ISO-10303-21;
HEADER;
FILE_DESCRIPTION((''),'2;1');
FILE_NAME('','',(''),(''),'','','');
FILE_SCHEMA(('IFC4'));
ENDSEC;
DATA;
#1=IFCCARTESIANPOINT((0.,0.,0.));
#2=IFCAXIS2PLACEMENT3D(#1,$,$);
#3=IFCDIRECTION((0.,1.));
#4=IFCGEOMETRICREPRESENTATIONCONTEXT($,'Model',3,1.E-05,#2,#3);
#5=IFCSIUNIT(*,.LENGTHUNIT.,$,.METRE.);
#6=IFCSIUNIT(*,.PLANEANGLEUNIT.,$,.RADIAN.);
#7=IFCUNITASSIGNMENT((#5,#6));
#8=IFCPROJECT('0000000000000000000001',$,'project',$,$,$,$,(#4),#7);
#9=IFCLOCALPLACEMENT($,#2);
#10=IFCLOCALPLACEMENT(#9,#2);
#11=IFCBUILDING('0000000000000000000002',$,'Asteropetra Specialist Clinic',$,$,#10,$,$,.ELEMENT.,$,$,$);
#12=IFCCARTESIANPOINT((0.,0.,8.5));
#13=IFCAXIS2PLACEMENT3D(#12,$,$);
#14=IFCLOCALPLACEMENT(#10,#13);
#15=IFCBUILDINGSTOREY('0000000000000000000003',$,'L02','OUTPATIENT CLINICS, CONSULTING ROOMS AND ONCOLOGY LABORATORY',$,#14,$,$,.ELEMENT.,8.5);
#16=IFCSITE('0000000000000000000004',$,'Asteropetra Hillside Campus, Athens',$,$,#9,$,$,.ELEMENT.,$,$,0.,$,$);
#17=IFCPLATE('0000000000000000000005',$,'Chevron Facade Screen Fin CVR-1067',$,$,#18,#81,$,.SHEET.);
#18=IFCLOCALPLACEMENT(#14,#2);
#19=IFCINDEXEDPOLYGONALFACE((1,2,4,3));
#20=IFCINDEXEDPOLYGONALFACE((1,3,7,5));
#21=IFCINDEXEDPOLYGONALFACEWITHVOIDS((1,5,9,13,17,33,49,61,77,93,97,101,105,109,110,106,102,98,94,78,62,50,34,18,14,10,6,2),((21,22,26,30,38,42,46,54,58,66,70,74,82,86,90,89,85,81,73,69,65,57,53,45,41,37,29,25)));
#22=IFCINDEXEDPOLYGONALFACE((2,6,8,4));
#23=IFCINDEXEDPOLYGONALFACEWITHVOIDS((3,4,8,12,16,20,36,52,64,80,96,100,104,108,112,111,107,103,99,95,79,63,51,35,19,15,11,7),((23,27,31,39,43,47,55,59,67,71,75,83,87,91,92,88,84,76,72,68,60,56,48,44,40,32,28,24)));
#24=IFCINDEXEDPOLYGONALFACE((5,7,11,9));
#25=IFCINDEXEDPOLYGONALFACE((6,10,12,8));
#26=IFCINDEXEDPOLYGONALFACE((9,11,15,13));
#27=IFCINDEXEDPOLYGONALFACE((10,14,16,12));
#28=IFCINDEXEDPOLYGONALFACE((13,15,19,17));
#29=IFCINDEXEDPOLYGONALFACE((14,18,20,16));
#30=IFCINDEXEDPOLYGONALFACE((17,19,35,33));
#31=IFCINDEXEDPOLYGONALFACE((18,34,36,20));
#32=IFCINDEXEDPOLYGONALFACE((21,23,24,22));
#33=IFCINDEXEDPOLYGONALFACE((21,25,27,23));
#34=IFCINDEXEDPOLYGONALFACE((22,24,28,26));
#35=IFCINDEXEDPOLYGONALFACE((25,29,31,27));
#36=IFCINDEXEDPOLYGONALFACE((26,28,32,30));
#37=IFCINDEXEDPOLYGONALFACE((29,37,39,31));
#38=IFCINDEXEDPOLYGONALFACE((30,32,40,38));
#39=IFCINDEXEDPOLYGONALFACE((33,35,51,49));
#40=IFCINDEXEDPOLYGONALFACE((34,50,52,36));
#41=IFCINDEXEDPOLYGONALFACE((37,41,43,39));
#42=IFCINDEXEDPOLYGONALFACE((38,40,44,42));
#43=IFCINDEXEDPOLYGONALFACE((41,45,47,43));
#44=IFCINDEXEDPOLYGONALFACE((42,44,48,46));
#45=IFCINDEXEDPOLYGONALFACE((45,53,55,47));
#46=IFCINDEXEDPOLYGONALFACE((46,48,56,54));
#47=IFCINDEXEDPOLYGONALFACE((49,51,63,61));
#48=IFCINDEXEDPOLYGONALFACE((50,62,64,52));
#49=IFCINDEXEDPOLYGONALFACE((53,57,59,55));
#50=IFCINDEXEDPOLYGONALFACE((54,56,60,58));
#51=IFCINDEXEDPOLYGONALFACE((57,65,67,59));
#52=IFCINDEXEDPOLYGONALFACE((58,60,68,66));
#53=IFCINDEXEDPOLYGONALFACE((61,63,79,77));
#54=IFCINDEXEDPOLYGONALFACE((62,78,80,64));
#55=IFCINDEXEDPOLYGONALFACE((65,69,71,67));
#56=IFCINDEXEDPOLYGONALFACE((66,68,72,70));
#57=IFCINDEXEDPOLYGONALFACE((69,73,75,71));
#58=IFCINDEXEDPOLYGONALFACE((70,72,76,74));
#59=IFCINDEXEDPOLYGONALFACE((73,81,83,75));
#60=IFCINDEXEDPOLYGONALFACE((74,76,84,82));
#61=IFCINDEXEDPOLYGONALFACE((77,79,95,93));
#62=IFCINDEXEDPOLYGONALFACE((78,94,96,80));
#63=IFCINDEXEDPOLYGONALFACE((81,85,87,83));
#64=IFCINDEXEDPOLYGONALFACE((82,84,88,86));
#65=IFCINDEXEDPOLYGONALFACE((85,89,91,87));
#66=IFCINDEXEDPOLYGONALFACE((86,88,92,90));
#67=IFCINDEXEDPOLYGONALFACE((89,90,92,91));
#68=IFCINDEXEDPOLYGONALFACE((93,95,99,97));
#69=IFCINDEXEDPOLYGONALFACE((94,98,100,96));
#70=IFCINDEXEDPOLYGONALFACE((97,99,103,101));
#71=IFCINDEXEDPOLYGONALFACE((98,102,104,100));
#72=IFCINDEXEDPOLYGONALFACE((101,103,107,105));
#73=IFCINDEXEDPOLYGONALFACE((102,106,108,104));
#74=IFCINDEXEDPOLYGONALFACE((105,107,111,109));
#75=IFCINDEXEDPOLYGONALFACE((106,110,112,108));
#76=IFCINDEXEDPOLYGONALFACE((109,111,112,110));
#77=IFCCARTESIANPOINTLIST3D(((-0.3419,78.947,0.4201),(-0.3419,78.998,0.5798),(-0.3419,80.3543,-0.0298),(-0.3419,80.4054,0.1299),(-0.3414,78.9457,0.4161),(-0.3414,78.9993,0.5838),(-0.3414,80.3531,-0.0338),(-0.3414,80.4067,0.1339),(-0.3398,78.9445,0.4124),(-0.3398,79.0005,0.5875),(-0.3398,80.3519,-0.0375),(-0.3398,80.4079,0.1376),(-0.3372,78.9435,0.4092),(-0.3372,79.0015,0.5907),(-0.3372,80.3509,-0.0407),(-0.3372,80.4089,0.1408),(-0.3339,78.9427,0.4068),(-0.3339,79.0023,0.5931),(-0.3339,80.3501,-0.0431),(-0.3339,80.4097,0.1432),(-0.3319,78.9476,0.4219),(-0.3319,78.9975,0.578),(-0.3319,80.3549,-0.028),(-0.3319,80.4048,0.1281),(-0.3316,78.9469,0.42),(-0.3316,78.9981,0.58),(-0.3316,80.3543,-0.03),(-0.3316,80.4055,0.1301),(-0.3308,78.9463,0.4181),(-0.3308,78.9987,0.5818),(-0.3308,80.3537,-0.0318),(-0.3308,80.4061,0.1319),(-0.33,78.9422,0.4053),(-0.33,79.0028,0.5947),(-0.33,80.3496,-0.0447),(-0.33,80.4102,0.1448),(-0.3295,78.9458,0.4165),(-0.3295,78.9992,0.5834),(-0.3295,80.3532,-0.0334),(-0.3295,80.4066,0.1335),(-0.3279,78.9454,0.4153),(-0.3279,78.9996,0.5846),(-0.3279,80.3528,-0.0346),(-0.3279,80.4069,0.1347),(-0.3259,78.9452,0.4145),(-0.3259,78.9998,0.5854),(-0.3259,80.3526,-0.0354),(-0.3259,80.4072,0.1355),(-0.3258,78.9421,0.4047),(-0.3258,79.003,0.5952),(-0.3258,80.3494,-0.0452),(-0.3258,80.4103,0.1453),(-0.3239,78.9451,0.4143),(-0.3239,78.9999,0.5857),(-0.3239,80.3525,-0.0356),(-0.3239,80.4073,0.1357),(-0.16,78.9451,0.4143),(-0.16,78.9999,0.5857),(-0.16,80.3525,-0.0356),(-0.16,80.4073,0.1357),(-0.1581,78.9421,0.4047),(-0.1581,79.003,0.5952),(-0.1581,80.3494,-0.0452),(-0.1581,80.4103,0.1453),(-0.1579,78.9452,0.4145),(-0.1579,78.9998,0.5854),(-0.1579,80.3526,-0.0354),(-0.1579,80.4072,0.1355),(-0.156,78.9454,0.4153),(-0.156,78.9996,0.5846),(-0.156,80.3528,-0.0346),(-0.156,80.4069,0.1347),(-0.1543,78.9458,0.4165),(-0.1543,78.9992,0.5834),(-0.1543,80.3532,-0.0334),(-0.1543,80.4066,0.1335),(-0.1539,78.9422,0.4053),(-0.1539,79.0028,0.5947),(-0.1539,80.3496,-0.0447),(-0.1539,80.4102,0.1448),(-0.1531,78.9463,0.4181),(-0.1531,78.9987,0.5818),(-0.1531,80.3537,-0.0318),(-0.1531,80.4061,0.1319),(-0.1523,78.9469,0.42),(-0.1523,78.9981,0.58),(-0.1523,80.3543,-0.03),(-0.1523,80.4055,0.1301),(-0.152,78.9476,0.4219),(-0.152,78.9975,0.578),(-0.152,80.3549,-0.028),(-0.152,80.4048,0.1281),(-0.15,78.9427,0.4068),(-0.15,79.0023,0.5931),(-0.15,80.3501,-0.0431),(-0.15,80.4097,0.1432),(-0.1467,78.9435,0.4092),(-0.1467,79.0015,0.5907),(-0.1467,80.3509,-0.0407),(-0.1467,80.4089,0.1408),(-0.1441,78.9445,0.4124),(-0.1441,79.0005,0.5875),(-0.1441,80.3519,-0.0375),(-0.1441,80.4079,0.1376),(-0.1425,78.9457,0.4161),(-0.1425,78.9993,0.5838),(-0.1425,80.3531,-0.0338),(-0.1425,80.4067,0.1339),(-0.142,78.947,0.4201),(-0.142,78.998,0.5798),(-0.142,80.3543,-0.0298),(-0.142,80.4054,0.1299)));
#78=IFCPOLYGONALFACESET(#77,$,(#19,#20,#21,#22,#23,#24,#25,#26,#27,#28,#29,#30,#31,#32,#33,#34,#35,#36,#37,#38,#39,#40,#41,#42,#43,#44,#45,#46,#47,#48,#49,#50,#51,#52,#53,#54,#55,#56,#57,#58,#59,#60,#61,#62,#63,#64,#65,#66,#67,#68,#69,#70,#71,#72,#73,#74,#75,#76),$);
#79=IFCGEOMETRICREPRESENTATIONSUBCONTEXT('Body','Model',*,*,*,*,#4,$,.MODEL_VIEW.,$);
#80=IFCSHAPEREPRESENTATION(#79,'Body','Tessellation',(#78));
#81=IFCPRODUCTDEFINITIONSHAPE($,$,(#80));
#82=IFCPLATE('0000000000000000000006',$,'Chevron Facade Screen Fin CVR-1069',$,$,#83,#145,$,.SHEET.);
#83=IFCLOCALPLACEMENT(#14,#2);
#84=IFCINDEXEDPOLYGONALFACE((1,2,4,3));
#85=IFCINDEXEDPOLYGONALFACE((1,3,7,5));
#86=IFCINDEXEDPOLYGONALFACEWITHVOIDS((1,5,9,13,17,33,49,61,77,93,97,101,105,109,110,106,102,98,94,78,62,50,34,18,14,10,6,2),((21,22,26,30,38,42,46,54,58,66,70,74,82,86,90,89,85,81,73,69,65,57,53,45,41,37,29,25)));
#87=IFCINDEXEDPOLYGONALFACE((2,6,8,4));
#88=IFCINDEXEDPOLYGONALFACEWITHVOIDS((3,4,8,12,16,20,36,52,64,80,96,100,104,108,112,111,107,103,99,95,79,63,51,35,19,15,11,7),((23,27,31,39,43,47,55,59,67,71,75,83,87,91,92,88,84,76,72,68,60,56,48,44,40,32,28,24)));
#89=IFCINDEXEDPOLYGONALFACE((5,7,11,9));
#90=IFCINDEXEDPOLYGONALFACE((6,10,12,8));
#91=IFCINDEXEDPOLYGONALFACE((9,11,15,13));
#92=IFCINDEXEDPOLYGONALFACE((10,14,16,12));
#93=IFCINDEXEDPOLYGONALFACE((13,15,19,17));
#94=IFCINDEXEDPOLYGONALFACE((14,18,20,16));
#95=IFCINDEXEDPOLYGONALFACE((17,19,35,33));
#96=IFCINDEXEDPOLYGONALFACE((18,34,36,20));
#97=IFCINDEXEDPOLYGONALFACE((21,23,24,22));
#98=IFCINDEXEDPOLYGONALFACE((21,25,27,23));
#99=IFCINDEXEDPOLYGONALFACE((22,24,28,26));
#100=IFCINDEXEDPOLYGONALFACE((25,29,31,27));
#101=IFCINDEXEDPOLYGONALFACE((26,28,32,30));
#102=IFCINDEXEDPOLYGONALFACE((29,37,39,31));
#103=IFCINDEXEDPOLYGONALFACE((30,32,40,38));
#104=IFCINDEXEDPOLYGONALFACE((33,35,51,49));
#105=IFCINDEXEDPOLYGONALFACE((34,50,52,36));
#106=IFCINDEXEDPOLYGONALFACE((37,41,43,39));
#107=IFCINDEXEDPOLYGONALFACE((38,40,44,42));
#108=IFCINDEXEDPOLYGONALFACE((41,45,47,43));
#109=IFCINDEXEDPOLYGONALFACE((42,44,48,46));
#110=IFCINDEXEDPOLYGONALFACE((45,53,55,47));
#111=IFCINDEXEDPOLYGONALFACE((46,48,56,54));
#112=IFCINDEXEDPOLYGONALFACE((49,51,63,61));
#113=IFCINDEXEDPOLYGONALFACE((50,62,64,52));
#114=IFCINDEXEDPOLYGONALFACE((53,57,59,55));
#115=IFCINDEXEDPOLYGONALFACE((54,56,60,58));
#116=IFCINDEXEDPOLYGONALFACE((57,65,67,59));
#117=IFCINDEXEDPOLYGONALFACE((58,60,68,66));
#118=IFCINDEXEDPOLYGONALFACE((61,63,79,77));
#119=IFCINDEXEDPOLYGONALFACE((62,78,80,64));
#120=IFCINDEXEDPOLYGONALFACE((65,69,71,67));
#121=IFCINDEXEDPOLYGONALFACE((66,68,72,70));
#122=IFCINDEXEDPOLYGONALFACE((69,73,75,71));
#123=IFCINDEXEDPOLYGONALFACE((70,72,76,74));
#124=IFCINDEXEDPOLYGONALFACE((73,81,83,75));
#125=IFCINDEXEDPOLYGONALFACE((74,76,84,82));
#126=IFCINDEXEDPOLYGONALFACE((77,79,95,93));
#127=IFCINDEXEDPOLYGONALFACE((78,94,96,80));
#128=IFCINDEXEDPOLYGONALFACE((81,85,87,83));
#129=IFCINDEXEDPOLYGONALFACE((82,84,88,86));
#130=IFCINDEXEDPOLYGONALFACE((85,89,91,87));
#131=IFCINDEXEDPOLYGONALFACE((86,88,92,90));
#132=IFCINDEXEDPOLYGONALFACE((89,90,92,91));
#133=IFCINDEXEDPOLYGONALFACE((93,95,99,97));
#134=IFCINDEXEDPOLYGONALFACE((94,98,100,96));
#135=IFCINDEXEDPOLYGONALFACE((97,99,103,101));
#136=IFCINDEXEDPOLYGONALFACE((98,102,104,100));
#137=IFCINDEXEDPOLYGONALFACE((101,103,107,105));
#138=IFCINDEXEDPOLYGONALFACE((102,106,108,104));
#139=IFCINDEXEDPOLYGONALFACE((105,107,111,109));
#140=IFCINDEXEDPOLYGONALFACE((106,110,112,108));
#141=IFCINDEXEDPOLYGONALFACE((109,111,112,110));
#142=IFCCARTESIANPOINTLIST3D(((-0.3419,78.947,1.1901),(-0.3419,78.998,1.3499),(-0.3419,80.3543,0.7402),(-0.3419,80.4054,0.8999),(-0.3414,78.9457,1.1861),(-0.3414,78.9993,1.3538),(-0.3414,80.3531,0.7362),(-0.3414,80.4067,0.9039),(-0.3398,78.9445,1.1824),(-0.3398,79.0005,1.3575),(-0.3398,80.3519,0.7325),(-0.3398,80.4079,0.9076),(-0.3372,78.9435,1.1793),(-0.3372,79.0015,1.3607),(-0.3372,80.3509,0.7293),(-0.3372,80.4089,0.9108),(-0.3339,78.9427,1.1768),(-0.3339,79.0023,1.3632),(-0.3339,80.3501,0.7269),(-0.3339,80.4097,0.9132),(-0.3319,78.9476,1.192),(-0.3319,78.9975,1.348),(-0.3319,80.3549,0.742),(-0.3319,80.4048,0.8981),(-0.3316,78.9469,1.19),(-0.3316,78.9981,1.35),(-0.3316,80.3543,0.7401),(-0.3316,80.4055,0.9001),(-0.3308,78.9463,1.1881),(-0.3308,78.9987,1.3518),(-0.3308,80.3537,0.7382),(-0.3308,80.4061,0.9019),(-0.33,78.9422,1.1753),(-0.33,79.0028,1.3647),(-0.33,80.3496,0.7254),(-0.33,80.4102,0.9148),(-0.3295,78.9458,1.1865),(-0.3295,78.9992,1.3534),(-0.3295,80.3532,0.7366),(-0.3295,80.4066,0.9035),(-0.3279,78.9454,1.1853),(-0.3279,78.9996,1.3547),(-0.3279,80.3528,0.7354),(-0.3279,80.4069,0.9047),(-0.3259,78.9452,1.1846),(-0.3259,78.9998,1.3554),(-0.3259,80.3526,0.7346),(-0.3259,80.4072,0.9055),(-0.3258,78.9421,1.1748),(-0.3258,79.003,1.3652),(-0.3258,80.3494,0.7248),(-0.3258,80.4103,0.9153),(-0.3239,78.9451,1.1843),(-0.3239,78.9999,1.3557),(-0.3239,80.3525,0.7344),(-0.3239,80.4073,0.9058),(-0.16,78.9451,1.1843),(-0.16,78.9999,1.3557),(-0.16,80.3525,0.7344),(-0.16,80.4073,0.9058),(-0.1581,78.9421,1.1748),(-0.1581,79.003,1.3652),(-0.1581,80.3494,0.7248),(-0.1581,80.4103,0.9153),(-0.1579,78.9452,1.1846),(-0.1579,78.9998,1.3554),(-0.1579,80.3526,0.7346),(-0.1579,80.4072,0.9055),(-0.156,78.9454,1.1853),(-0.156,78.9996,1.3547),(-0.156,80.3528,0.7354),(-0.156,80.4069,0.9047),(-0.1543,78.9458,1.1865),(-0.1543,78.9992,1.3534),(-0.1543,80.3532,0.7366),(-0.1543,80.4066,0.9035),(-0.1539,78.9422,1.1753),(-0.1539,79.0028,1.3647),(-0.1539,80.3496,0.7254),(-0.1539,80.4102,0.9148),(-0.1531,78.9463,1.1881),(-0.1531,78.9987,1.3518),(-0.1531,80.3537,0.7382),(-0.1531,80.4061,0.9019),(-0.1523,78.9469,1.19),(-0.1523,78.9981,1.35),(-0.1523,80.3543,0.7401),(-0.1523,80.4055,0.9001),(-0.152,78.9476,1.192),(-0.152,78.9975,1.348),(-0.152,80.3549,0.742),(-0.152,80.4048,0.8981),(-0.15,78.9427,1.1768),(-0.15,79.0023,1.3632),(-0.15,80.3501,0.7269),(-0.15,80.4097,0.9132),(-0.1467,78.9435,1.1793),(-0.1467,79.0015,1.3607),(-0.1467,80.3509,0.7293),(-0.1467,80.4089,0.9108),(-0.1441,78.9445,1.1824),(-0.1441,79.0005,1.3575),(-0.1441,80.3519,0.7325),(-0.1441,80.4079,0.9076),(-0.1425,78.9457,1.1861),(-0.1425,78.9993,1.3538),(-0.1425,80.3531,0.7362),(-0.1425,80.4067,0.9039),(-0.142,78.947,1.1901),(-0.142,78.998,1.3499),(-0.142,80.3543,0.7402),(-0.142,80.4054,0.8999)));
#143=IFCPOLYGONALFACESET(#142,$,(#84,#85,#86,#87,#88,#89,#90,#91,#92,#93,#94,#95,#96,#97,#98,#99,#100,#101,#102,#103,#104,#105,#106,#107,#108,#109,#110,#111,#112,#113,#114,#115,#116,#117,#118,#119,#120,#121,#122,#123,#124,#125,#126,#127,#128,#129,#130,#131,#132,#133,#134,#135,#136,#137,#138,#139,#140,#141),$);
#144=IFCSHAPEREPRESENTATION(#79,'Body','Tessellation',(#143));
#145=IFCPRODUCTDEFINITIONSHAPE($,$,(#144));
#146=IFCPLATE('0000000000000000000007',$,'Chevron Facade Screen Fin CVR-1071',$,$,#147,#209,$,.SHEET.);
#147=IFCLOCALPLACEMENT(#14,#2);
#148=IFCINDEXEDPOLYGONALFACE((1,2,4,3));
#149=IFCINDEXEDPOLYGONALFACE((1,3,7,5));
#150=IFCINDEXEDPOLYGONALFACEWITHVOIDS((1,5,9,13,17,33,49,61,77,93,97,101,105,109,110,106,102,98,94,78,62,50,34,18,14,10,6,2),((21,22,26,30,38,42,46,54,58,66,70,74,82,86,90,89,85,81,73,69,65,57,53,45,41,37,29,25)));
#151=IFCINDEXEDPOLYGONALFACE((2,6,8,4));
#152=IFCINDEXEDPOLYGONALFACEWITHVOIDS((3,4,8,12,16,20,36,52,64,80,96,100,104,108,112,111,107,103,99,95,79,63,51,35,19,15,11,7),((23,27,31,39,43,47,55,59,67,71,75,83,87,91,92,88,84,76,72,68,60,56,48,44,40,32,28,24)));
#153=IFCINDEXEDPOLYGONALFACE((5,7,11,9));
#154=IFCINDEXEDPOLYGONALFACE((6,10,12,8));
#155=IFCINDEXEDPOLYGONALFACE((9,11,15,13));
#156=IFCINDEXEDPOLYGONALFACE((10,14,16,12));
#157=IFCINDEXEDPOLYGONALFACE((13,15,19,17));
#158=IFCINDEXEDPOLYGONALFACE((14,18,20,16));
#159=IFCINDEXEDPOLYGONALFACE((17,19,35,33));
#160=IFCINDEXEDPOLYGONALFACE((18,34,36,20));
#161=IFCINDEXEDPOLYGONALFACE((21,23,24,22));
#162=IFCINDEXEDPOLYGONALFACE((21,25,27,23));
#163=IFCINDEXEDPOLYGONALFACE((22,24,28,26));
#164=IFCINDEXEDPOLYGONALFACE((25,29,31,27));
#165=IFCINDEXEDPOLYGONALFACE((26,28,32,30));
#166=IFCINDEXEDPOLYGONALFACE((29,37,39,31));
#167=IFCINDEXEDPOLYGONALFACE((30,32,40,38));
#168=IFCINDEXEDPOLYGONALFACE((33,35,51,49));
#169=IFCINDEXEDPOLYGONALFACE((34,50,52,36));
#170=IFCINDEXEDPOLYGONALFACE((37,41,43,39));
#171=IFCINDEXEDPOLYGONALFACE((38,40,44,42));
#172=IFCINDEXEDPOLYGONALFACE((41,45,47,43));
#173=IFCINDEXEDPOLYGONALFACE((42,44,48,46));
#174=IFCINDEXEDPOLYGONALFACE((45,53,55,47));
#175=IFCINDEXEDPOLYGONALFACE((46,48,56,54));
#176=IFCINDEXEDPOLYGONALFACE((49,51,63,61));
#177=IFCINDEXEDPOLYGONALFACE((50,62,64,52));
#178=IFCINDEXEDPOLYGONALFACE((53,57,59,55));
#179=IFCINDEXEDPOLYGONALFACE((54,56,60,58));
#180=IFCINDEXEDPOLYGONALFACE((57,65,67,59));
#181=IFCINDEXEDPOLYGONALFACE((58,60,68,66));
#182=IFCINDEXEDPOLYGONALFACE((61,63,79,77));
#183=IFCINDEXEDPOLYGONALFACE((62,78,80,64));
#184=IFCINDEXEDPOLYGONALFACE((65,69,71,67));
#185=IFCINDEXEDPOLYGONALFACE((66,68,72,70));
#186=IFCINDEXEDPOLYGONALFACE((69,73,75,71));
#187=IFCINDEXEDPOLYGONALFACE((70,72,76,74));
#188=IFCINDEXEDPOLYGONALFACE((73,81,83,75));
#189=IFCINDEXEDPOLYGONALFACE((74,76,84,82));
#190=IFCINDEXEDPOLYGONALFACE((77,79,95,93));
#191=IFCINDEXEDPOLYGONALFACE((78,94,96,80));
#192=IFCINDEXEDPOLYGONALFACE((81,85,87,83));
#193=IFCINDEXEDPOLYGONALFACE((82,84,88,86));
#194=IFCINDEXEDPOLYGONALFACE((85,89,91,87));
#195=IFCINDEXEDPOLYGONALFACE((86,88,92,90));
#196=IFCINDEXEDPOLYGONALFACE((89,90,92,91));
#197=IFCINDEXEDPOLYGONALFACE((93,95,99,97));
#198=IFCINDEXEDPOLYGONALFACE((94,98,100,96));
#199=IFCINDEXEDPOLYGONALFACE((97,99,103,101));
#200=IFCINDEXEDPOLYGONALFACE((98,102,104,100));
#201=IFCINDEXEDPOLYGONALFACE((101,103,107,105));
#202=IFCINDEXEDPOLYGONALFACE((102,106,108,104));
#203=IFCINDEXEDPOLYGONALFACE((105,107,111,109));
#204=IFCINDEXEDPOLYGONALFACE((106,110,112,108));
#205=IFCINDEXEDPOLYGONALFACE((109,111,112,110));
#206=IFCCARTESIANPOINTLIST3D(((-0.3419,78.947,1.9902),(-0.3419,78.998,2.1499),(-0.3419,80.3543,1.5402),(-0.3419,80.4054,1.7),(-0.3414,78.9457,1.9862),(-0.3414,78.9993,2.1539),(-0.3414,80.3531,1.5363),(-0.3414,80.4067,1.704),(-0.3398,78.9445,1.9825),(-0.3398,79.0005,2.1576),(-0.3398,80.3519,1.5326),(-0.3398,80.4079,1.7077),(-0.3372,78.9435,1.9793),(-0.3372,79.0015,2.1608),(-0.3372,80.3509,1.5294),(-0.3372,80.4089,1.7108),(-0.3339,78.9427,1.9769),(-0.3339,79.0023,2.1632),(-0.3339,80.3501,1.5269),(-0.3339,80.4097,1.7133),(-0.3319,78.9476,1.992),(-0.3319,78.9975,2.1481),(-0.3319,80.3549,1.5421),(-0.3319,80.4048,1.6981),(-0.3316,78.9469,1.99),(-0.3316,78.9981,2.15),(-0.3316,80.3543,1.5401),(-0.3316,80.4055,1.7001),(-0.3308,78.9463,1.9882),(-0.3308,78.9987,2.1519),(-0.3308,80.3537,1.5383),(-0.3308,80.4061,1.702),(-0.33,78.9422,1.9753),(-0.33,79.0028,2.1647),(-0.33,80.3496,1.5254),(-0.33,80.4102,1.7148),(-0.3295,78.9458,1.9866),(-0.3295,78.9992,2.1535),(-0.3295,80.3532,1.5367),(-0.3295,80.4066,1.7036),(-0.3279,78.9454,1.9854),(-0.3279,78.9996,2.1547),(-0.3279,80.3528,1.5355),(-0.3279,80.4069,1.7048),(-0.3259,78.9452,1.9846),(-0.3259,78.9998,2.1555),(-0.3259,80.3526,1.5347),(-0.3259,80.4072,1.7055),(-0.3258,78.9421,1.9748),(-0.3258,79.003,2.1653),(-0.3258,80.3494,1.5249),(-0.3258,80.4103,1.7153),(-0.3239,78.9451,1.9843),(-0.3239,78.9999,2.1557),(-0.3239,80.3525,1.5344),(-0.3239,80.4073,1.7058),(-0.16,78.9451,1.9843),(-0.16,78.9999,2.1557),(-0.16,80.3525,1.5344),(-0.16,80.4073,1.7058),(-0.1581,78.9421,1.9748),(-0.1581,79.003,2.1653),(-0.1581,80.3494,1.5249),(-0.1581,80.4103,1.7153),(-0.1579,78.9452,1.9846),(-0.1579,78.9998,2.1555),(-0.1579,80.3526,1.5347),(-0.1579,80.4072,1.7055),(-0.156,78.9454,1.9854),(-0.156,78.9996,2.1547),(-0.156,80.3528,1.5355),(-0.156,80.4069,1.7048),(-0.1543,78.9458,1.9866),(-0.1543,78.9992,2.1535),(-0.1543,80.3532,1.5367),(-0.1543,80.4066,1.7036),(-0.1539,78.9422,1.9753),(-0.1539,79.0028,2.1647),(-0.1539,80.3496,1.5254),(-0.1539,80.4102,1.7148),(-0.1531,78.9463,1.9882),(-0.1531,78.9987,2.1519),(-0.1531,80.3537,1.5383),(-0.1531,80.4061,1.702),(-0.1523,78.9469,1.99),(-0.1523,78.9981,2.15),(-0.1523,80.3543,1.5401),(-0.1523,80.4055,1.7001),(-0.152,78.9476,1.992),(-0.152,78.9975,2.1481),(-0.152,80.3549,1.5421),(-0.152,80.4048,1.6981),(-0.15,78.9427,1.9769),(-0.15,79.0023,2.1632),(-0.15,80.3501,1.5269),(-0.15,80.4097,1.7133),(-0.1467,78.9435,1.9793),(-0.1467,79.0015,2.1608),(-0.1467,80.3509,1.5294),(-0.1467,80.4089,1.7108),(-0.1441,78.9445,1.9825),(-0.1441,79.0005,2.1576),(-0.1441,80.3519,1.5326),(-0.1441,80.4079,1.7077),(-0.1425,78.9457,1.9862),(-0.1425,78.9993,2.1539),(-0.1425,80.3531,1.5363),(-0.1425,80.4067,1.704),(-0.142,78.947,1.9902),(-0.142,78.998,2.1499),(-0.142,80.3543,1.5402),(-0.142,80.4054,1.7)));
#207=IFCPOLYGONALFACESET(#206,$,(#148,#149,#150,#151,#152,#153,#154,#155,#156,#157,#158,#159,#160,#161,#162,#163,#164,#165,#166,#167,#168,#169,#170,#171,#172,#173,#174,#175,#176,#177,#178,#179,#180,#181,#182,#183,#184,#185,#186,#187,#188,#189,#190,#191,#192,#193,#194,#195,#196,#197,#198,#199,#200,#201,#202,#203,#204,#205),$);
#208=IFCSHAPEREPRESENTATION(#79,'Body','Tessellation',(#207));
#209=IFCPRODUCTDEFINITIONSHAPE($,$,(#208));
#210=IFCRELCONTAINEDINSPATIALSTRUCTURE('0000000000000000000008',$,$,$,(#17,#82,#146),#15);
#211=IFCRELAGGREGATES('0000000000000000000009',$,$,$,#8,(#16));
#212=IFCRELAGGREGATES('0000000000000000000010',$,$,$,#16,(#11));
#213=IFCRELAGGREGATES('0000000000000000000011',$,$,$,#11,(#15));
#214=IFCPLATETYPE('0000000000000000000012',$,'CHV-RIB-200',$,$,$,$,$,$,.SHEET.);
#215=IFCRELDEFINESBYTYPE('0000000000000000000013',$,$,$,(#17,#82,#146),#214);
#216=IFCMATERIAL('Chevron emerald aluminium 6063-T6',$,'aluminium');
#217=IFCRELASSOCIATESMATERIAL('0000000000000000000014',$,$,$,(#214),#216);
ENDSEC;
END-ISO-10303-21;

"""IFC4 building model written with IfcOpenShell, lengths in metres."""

from ifc_helpers import new_model, si_unit, direction, frame, origin, origin_2d, place, context, subcontext, project, spatial, hollow_rectangle, extrude, material, material_profile, profile_set, type_object, element, save


model = new_model("IFC4")

# Units and contexts
model_context = context("Model", 3, precision=1e-05, world=origin(), true_north=direction((0.0, 1.0)))
body_context = subcontext(model_context, "Body", "Model", "MODEL_VIEW")
ifc_project = project(units=[si_unit("LENGTHUNIT", "METRE"), si_unit("PLANEANGLEUNIT", "RADIAN")], contexts=[model_context])

# Site, building, storey
site_placement = place(None, origin())
site = spatial("IfcSite", under=ifc_project, at=site_placement, Name="Asteropetra Hillside Campus, Athens", CompositionType="ELEMENT", RefElevation=0.0)
building_placement = place(site_placement, origin())
building = spatial("IfcBuilding", under=site, at=building_placement, Name="Asteropetra Specialist Clinic", CompositionType="ELEMENT")
storey_placement = place(building_placement, frame((0.0, 0.0, 8.5)))
storey = spatial("IfcBuildingStorey", under=building, at=storey_placement, Name="L02", Description="OUTPATIENT CLINICS, CONSULTING ROOMS AND ONCOLOGY LABORATORY", CompositionType="ELEMENT", Elevation=8.5)

# Plates
ifc_material_1 = material(Name="Chevron emerald aluminium 6063-T6", Category="aluminium")
ifc_material_profile = material_profile(ifc_material_1, hollow_rectangle(XDim=0.2, YDim=0.2, WallThickness=0.01, InnerFilletRadius=0.0081, OuterFilletRadius=0.0161, at=origin_2d()), Name="SHS 200x200x10.0")
ifc_profile_set = profile_set([ifc_material_profile], Name="Chevron emerald aluminium 6063-T6")
plate_type_1 = type_object("IfcPlateType", Name="CHV-RIB-200", PredefinedType="SHEET", material=ifc_profile_set)
for number, where, z_axis, x_axis, name in (
    (1, (-0.2419, 80.3799, 0.05), (0.0, -0.95251, 0.304506), (1.0, 0.0, 0.0), "Chevron Facade Screen Fin CVR-1067"),
    (2, (-0.2419, 80.3799, 0.8201), (0.0, -0.95251, 0.304506), (1.0, 0.0, 0.0), "Chevron Facade Screen Fin CVR-1069"),
    (3, (-0.2419, 80.3799, 1.6201), (0.0, -0.95251, 0.304506), (1.0, 0.0, 0.0), "Chevron Facade Screen Fin CVR-1071"),
):
    element("IfcPlate", number, at=place(storey_placement, frame(where, z_axis=z_axis, x_axis=x_axis)), inside=storey, type_object=plate_type_1, Name=name, PredefinedType="SHEET", context=body_context, shape_type="SweptSolid", body=[
        extrude(hollow_rectangle(XDim=0.2, YDim=0.2, WallThickness=0.01, InnerFilletRadius=0.0081, OuterFilletRadius=0.0161, at=origin_2d()), origin(), (0.0, 0.0, 1.0), 1.4775),
    ])

save(model, "model.ifc")
